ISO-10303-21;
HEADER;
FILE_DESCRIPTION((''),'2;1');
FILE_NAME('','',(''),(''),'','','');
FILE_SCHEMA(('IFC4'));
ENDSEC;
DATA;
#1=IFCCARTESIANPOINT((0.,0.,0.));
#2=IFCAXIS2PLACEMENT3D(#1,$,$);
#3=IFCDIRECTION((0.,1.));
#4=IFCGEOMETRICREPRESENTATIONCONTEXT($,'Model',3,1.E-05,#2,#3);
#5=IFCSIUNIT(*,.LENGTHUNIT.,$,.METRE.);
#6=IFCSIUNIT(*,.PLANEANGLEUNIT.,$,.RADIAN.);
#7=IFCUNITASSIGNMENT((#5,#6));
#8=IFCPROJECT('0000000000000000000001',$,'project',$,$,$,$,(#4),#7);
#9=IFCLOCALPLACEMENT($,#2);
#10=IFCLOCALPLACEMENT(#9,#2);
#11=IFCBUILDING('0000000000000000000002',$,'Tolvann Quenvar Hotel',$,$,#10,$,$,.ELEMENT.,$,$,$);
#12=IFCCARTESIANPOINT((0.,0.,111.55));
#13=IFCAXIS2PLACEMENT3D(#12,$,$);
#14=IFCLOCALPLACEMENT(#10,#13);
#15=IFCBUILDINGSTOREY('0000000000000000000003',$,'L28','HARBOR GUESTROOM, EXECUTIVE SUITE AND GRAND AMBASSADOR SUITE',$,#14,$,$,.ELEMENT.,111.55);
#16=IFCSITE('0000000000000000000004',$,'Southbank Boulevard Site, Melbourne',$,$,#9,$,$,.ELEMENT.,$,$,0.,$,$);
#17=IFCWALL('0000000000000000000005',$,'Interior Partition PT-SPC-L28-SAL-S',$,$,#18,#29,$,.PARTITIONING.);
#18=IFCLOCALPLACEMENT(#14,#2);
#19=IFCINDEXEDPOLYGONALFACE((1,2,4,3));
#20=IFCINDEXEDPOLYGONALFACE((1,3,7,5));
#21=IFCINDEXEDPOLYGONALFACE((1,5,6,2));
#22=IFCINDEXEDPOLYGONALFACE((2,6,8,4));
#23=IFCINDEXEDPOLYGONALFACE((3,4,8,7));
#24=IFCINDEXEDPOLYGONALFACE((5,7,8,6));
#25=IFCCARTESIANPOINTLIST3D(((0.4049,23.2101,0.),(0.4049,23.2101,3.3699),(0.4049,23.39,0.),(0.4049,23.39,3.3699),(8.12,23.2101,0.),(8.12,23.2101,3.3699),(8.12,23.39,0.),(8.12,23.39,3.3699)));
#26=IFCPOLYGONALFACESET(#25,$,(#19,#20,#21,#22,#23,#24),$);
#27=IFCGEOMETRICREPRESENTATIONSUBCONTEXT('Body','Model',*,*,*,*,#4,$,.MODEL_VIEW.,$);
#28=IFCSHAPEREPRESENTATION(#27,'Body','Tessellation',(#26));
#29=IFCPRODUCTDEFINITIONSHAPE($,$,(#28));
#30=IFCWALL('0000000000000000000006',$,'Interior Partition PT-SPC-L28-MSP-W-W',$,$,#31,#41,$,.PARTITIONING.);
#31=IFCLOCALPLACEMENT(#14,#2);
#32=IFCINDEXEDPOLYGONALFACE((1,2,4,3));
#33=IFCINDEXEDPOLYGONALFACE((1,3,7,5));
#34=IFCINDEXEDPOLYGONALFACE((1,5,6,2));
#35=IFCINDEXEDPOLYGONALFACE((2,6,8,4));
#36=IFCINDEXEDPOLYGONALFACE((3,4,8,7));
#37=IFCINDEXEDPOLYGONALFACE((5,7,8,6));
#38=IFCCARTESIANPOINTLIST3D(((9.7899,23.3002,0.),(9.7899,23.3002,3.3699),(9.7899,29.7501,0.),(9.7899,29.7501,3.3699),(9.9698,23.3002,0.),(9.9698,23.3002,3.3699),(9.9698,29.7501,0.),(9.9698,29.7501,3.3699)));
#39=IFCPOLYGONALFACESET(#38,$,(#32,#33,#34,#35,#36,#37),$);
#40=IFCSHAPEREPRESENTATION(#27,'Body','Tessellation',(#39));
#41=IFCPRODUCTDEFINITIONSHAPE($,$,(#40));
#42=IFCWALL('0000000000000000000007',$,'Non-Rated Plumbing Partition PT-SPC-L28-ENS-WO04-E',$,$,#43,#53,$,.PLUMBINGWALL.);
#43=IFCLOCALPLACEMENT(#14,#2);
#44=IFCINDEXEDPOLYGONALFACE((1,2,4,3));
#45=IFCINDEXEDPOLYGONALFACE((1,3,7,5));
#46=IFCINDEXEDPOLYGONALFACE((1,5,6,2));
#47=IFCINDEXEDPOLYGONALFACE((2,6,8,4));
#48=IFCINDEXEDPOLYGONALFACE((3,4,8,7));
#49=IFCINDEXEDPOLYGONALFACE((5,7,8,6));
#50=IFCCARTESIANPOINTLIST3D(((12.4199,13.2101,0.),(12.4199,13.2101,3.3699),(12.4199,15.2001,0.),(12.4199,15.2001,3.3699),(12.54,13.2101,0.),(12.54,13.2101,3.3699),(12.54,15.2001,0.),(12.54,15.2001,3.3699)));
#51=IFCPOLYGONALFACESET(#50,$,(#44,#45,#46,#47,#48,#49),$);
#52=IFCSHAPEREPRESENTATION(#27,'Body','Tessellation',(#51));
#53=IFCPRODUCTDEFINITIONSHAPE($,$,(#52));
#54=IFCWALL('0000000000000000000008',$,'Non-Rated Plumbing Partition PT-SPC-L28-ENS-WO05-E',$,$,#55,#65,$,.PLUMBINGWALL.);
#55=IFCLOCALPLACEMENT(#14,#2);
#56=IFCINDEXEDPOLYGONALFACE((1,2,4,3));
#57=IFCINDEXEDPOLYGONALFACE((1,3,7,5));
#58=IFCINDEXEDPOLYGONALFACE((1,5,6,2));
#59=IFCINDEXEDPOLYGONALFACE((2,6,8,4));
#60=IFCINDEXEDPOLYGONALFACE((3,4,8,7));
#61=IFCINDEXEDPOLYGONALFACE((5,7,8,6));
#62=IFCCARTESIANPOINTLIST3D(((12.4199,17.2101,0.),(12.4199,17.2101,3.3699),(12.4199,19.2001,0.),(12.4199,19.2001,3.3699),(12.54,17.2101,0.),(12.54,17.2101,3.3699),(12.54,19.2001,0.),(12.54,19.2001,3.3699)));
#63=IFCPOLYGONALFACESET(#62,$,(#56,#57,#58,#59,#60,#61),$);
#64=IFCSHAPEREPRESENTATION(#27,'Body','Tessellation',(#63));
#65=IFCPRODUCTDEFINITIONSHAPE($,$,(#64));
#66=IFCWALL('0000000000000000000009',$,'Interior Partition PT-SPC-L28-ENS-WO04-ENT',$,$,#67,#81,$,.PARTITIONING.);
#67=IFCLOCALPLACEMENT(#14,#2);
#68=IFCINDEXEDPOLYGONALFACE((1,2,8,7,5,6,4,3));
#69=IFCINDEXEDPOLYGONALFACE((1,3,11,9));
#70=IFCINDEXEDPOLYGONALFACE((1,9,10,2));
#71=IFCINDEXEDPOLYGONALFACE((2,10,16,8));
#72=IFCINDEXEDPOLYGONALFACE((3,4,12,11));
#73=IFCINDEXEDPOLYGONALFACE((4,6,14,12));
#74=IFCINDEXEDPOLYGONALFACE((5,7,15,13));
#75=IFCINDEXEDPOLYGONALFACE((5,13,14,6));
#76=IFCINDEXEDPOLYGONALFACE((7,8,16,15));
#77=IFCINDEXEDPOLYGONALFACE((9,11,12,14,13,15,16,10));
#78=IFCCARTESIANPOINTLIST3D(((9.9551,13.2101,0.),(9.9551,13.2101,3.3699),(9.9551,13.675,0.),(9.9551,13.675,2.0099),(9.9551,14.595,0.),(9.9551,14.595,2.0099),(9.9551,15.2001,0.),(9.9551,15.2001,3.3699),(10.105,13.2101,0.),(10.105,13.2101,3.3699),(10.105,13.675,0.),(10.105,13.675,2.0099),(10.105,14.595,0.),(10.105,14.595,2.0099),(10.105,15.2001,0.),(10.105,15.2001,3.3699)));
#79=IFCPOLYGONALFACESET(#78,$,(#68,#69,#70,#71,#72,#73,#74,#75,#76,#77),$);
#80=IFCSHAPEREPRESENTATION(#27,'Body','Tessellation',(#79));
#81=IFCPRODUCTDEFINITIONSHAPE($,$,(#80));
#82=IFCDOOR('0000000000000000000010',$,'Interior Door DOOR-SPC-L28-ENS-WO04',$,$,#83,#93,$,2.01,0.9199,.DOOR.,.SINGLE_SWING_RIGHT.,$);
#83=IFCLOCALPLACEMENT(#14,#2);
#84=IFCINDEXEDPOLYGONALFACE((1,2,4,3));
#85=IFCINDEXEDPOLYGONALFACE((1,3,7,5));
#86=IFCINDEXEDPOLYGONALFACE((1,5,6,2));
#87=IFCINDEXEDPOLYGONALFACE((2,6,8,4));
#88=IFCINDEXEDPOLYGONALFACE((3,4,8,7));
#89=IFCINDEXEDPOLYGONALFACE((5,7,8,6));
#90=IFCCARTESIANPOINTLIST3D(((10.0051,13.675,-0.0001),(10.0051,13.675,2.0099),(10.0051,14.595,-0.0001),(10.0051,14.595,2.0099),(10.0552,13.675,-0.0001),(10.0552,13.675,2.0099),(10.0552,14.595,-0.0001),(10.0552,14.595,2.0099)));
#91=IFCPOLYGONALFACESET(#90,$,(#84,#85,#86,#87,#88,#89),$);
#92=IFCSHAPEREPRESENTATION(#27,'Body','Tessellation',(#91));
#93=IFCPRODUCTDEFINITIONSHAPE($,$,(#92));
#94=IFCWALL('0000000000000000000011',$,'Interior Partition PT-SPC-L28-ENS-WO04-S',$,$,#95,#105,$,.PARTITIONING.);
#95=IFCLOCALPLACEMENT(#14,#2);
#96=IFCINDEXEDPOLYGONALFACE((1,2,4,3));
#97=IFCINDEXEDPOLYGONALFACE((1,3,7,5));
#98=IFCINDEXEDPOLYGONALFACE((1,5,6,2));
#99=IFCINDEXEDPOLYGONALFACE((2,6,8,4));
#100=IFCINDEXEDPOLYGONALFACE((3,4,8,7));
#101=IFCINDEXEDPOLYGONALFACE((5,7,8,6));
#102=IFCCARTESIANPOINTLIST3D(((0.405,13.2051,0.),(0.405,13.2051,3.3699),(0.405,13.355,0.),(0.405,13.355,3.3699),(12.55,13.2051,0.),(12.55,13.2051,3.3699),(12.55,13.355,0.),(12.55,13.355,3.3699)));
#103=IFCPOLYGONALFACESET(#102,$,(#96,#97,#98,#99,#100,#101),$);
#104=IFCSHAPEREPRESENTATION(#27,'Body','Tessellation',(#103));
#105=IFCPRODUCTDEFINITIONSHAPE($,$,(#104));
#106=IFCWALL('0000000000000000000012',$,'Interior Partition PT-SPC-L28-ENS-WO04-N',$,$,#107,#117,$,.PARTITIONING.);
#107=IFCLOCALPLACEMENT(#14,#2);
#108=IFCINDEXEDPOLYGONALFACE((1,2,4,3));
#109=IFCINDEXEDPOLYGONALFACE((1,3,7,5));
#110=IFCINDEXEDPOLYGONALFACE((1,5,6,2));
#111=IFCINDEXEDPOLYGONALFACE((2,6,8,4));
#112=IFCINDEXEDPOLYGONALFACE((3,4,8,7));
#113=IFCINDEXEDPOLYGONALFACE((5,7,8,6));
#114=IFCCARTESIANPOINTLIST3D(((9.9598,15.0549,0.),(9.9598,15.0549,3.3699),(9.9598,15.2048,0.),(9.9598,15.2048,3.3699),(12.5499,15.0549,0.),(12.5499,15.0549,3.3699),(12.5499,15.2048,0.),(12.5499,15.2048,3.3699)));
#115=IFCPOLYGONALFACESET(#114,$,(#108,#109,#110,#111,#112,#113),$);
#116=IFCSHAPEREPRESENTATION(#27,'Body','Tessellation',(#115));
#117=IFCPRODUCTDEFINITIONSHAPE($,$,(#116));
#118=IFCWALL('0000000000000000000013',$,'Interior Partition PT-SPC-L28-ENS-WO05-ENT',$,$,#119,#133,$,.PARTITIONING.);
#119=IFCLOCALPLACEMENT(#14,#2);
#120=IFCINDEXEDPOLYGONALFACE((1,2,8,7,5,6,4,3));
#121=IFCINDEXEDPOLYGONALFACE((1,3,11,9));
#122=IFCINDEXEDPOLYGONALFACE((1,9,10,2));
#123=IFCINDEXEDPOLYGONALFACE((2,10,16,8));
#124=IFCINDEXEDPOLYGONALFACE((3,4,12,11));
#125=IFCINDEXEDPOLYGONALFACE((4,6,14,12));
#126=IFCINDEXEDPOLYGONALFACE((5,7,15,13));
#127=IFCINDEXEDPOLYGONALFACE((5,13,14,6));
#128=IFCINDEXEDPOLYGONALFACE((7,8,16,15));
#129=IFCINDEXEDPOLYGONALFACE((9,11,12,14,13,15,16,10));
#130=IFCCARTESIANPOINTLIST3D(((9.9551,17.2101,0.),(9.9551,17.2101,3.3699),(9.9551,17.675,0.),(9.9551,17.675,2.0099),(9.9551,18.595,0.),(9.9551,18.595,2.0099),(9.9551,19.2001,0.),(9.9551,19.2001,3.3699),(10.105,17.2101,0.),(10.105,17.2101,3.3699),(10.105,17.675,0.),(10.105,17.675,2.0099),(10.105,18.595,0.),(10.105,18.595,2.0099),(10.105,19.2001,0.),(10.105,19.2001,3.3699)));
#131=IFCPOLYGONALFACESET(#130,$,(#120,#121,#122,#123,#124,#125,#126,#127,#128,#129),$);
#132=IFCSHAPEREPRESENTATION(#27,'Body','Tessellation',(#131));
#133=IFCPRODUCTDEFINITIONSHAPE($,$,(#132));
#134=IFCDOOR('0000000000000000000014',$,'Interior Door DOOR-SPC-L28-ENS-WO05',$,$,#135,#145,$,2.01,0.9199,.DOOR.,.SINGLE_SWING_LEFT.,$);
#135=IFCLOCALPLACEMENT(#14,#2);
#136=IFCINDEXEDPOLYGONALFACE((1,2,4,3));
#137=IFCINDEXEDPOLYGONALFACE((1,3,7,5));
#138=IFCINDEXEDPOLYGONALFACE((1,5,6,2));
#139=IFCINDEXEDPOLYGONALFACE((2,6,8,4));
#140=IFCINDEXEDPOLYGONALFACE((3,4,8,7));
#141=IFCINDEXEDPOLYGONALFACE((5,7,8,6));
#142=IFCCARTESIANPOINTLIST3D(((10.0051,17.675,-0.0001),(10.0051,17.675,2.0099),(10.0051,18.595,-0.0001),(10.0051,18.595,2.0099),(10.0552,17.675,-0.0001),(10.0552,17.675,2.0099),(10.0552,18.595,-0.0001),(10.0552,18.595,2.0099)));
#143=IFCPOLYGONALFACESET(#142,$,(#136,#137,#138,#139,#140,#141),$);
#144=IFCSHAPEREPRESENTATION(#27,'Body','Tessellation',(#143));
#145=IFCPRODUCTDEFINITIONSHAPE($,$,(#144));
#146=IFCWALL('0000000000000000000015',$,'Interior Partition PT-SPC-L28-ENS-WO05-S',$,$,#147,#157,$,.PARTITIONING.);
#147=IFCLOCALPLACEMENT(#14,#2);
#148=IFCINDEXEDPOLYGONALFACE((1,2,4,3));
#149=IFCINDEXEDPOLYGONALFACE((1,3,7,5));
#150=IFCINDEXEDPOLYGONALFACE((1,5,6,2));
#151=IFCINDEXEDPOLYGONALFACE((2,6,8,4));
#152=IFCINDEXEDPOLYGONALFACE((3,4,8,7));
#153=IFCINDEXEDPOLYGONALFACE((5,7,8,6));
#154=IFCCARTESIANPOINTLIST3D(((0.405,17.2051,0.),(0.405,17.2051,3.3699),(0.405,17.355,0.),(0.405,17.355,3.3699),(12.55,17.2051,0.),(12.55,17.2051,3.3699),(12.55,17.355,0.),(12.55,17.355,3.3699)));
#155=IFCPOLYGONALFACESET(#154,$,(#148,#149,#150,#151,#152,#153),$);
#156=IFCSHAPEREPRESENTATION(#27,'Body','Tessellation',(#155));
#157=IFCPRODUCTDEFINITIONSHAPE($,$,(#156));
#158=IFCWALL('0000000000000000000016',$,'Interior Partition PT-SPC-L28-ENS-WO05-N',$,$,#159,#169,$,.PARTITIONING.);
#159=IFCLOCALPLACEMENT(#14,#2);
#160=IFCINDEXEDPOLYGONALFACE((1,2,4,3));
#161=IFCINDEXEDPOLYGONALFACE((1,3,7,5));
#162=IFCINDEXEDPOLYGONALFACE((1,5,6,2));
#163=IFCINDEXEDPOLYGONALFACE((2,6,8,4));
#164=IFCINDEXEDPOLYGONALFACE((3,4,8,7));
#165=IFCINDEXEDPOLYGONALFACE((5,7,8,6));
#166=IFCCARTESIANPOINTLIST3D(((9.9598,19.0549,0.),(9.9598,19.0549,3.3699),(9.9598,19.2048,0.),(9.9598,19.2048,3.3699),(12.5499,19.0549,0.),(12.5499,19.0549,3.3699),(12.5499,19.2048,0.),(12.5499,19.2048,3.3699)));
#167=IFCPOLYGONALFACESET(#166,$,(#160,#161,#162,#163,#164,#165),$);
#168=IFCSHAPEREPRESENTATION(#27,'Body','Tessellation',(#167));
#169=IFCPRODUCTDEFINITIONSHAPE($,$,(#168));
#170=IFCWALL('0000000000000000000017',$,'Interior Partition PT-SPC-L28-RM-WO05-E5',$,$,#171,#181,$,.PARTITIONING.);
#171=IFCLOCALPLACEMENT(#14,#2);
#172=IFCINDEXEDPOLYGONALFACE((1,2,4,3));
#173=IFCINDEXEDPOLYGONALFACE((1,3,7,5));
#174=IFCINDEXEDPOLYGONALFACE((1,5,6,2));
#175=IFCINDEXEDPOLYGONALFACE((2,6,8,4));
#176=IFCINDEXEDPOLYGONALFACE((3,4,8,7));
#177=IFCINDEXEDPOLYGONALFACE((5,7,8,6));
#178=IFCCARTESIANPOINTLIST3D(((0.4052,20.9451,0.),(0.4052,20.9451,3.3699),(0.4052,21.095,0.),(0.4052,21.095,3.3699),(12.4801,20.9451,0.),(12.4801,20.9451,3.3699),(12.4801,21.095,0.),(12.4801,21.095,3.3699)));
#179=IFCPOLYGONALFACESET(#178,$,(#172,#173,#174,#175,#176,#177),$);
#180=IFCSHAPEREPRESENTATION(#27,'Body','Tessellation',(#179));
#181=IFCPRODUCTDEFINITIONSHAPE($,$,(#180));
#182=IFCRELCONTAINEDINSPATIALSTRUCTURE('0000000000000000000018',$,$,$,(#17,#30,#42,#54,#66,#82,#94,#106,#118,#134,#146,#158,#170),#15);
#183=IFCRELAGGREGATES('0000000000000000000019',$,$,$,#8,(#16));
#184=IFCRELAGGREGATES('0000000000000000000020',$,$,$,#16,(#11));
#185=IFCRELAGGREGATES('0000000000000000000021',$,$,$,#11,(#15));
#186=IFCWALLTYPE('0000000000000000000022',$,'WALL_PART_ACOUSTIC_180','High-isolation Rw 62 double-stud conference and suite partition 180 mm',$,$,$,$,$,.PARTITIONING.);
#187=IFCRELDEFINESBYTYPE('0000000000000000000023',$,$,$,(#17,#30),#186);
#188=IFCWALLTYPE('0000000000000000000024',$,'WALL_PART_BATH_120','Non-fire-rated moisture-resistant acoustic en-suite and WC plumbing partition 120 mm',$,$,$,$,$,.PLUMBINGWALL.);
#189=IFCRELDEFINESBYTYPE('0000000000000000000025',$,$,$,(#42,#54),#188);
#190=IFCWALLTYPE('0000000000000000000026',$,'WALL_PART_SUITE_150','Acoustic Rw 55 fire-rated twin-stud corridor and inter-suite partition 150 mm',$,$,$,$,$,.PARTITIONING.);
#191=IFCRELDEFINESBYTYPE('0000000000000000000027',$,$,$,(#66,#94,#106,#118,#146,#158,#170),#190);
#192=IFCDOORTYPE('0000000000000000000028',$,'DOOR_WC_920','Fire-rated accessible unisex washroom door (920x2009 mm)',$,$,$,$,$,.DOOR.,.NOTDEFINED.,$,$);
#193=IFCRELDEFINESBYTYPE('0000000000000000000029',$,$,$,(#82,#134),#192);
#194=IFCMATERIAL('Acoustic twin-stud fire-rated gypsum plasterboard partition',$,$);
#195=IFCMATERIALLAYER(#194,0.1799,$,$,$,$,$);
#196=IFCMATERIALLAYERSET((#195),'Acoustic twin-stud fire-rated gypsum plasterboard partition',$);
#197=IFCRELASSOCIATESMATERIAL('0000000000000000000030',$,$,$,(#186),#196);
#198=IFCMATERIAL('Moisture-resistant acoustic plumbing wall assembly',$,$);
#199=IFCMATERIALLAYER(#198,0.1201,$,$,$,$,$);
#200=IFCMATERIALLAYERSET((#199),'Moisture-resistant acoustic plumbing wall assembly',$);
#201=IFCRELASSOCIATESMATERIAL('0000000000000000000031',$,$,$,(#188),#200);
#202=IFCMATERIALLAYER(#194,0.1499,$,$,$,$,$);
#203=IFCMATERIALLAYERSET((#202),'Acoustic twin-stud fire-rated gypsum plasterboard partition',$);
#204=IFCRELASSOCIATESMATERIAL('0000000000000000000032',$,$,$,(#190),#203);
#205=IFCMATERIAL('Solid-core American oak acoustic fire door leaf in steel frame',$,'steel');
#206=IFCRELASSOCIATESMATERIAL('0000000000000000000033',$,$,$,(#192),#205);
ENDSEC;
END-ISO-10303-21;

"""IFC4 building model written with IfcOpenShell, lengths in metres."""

from ifc_helpers import new_model, si_unit, direction, frame, frame_2d, origin, place, context, subcontext, project, spatial, rectangle, extrude, source, transform, mapped, material, layer, layer_set, type_object, type_shapes, element, fill, save


model = new_model("IFC4")

# Units and contexts
model_context = context("Model", 3, precision=1e-05, world=origin(), true_north=direction((0.0, 1.0)))
body_context = subcontext(model_context, "Body", "Model", "MODEL_VIEW")
ifc_project = project(units=[si_unit("LENGTHUNIT", "METRE"), si_unit("PLANEANGLEUNIT", "RADIAN")], contexts=[model_context])

# Site, building, storey
site_placement = place(None, origin())
site = spatial("IfcSite", under=ifc_project, at=site_placement, Name="Southbank Boulevard Site, Melbourne", CompositionType="ELEMENT", RefElevation=0.0)
building_placement = place(site_placement, origin())
building = spatial("IfcBuilding", under=site, at=building_placement, Name="Tolvann Quenvar Hotel", CompositionType="ELEMENT")
storey_placement = place(building_placement, frame((0.0, 0.0, 111.55)))
storey = spatial("IfcBuildingStorey", under=building, at=storey_placement, Name="L28", Description="HARBOR GUESTROOM, EXECUTIVE SUITE AND GRAND AMBASSADOR SUITE", CompositionType="ELEMENT", Elevation=111.55)

# Wall
ifc_material_1 = material(Name="Acoustic twin-stud fire-rated gypsum plasterboard partition")
ifc_layer_1 = layer(ifc_material_1, 0.1799)
ifc_layer_set_1 = layer_set([ifc_layer_1], Name="Acoustic twin-stud fire-rated gypsum plasterboard partition")
wall_type_1 = type_object("IfcWallType", Name="WALL_PART_ACOUSTIC_180", Description="High-isolation Rw 62 double-stud conference and suite partition 180 mm", PredefinedType="PARTITIONING", material=ifc_layer_set_1)
wall_1_placement = place(storey_placement, frame((0.405, 23.3, 0.0), z_axis=(0.0, 0.0, 1.0), x_axis=(1.0, 0.0, 0.0)))
element("IfcWall", 1, at=wall_1_placement, inside=storey, type_object=wall_type_1, Name="Interior Partition PT-SPC-L28-SAL-S", PredefinedType="PARTITIONING", context=body_context, shape_type="SweptSolid", body=[
    extrude(rectangle(XDim=7.7151, YDim=0.1799, at=frame_2d((3.8574, 0.0))), origin(), (0.0, 0.0, 1.0), 3.3699),
])

# Shared definitions
ifc_material_2 = material(Name="Solid-core American oak acoustic fire door leaf in steel frame", Category="steel")

# Walls
wall_2_placement = place(storey_placement, frame((9.8799, 23.3, 0.0), z_axis=(0.0, 0.0, 1.0), x_axis=(0.0, 1.0, 0.0)))
element("IfcWall", 2, at=wall_2_placement, inside=storey, type_object=wall_type_1, Name="Interior Partition PT-SPC-L28-MSP-W-W", PredefinedType="PARTITIONING", context=body_context, shape_type="SweptSolid", body=[
    extrude(rectangle(XDim=6.45, YDim=0.1799, at=frame_2d((3.2251, 0.0))), origin(), (0.0, 0.0, 1.0), 3.3699),
])
ifc_material_3 = material(Name="Moisture-resistant acoustic plumbing wall assembly")
ifc_layer_2 = layer(ifc_material_3, 0.1201)
ifc_layer_set_2 = layer_set([ifc_layer_2], Name="Moisture-resistant acoustic plumbing wall assembly")
wall_type_2 = type_object("IfcWallType", Name="WALL_PART_BATH_120", Description="Non-fire-rated moisture-resistant acoustic en-suite and WC plumbing partition 120 mm", PredefinedType="PLUMBINGWALL", material=ifc_layer_set_2)
for number, where, z_axis, x_axis, name in (
    (3, (12.48, 13.21, 0.0), (0.0, 0.0, 1.0), (0.0, 1.0, 0.0), "Non-Rated Plumbing Partition PT-SPC-L28-ENS-WO04-E"),
    (4, (12.48, 17.21, 0.0), (0.0, 0.0, 1.0), (0.0, 1.0, 0.0), "Non-Rated Plumbing Partition PT-SPC-L28-ENS-WO05-E"),
):
    element("IfcWall", number, at=place(storey_placement, frame(where, z_axis=z_axis, x_axis=x_axis)), inside=storey, type_object=wall_type_2, Name=name, PredefinedType="PLUMBINGWALL", context=body_context, shape_type="SweptSolid", body=[
        extrude(rectangle(XDim=1.99, YDim=0.1201, at=frame_2d((0.9951, 0.0))), origin(), (0.0, 0.0, 1.0), 3.3699),
    ])

# Wall, opening, door
ifc_layer_3 = layer(ifc_material_1, 0.1499)
ifc_layer_set_3 = layer_set([ifc_layer_3], Name="Acoustic twin-stud fire-rated gypsum plasterboard partition")
wall_type_3 = type_object("IfcWallType", Name="WALL_PART_SUITE_150", Description="Acoustic Rw 55 fire-rated twin-stud corridor and inter-suite partition 150 mm", PredefinedType="PARTITIONING", material=ifc_layer_set_3)
wall_3_placement = place(storey_placement, frame((10.03, 13.21, 0.0), z_axis=(0.0, 0.0, 1.0), x_axis=(0.0, 1.0, 0.0)))
wall_3 = element("IfcWall", 5, at=wall_3_placement, inside=storey, type_object=wall_type_3, Name="Interior Partition PT-SPC-L28-ENS-WO04-ENT", PredefinedType="PARTITIONING", context=body_context, shape_type="SweptSolid", body=[
    extrude(rectangle(XDim=1.99, YDim=0.1499, at=frame_2d((0.9951, 0.0))), origin(), (0.0, 0.0, 1.0), 3.3699),
])
opening_1_placement = place(wall_3_placement, frame((0.4651, 0.0, 0.0)))
opening_1 = element("IfcOpeningElement", 6, at=opening_1_placement, cuts=wall_3, PredefinedType="OPENING", context=body_context, shape_type="SweptSolid", body=[
    extrude(rectangle(XDim=0.9199, YDim=2.01, at=frame_2d((0.46, 1.0049))), frame((0.0, 0.085, 0.0), z_axis=(0.0, -1.0, 0.0), x_axis=(1.0, 0.0, 0.0)), (0.0, 0.0, 1.0), 0.1699),
])
door_type_1 = type_object("IfcDoorType", Name="DOOR_WC_920", Description="Fire-rated accessible unisex washroom door (920x2009 mm)", OperationType="NOTDEFINED", PredefinedType="DOOR", material=ifc_material_2)
shared_shape_1 = source(origin(), body_context, "Body", "SweptSolid", [
    extrude(rectangle(XDim=0.9199, YDim=2.01, at=frame_2d((0.46, 1.0049))), frame((0.0, 0.0249, 0.0), z_axis=(0.0, -1.0, 0.0), x_axis=(1.0, 0.0, 0.0)), (0.0, 0.0, 1.0), 0.05),
])
type_shapes(door_type_1, [shared_shape_1])
door_1_placement = place(opening_1_placement, origin())
door_1 = element("IfcDoor", 7, at=door_1_placement, inside=storey, type_object=door_type_1, Name="Interior Door DOOR-SPC-L28-ENS-WO04", OperationType="SINGLE_SWING_RIGHT", OverallHeight=2.01, OverallWidth=0.9199, PredefinedType="DOOR", context=body_context, shape_type="MappedRepresentation", body=[
    mapped(shared_shape_1, transform((0.0, 0.0, 0.0), x_axis=(1.0, 0.0, 0.0), y_axis=(0.0, 1.0, 0.0), z_axis=(0.0, 0.0, 1.0), scale=1.0)),
])
fill(opening_1, door_1)

# Walls
wall_4_placement = place(storey_placement, frame((0.405, 13.28, 0.0), z_axis=(0.0, 0.0, 1.0), x_axis=(1.0, 0.0, 0.0)))
element("IfcWall", 8, at=wall_4_placement, inside=storey, type_object=wall_type_3, Name="Interior Partition PT-SPC-L28-ENS-WO04-S", PredefinedType="PARTITIONING", context=body_context, shape_type="SweptSolid", body=[
    extrude(rectangle(XDim=12.145, YDim=0.1499, at=frame_2d((6.0725, 0.0))), origin(), (0.0, 0.0, 1.0), 3.3699),
])
wall_5_placement = place(storey_placement, frame((9.96, 15.1299, 0.0), z_axis=(0.0, 0.0, 1.0), x_axis=(1.0, 0.0, 0.0)))
element("IfcWall", 9, at=wall_5_placement, inside=storey, type_object=wall_type_3, Name="Interior Partition PT-SPC-L28-ENS-WO04-N", PredefinedType="PARTITIONING", context=body_context, shape_type="SweptSolid", body=[
    extrude(rectangle(XDim=2.5901, YDim=0.1499, at=frame_2d((1.2949, 0.0))), origin(), (0.0, 0.0, 1.0), 3.3699),
])

# Wall, opening, door
wall_6_placement = place(storey_placement, frame((10.03, 17.21, 0.0), z_axis=(0.0, 0.0, 1.0), x_axis=(0.0, 1.0, 0.0)))
wall_6 = element("IfcWall", 10, at=wall_6_placement, inside=storey, type_object=wall_type_3, Name="Interior Partition PT-SPC-L28-ENS-WO05-ENT", PredefinedType="PARTITIONING", context=body_context, shape_type="SweptSolid", body=[
    extrude(rectangle(XDim=1.99, YDim=0.1499, at=frame_2d((0.9951, 0.0))), origin(), (0.0, 0.0, 1.0), 3.3699),
])
opening_2_placement = place(wall_6_placement, frame((0.4651, 0.0, 0.0)))
opening_2 = element("IfcOpeningElement", 11, at=opening_2_placement, cuts=wall_6, PredefinedType="OPENING", context=body_context, shape_type="SweptSolid", body=[
    extrude(rectangle(XDim=0.9199, YDim=2.01, at=frame_2d((0.46, 1.0049))), frame((0.0, 0.085, 0.0), z_axis=(0.0, -1.0, 0.0), x_axis=(1.0, 0.0, 0.0)), (0.0, 0.0, 1.0), 0.1699),
])
door_2_placement = place(opening_2_placement, origin())
door_2 = element("IfcDoor", 12, at=door_2_placement, inside=storey, type_object=door_type_1, Name="Interior Door DOOR-SPC-L28-ENS-WO05", OperationType="SINGLE_SWING_LEFT", OverallHeight=2.01, OverallWidth=0.9199, PredefinedType="DOOR", context=body_context, shape_type="MappedRepresentation", body=[
    mapped(shared_shape_1, transform((0.0, 0.0, 0.0), x_axis=(1.0, 0.0, 0.0), y_axis=(0.0, 1.0, 0.0), z_axis=(0.0, 0.0, 1.0), scale=1.0)),
])
fill(opening_2, door_2)

# Walls
wall_7_placement = place(storey_placement, frame((0.405, 17.28, 0.0), z_axis=(0.0, 0.0, 1.0), x_axis=(1.0, 0.0, 0.0)))
element("IfcWall", 13, at=wall_7_placement, inside=storey, type_object=wall_type_3, Name="Interior Partition PT-SPC-L28-ENS-WO05-S", PredefinedType="PARTITIONING", context=body_context, shape_type="SweptSolid", body=[
    extrude(rectangle(XDim=12.145, YDim=0.1499, at=frame_2d((6.0725, 0.0))), origin(), (0.0, 0.0, 1.0), 3.3699),
])
wall_8_placement = place(storey_placement, frame((9.96, 19.1299, 0.0), z_axis=(0.0, 0.0, 1.0), x_axis=(1.0, 0.0, 0.0)))
element("IfcWall", 14, at=wall_8_placement, inside=storey, type_object=wall_type_3, Name="Interior Partition PT-SPC-L28-ENS-WO05-N", PredefinedType="PARTITIONING", context=body_context, shape_type="SweptSolid", body=[
    extrude(rectangle(XDim=2.5901, YDim=0.1499, at=frame_2d((1.2949, 0.0))), origin(), (0.0, 0.0, 1.0), 3.3699),
])

# Wall
wall_9_placement = place(storey_placement, frame((0.405, 21.02, 0.0), z_axis=(0.0, 0.0, 1.0), x_axis=(1.0, 0.0, 0.0)))
element("IfcWall", 15, at=wall_9_placement, inside=storey, type_object=wall_type_3, Name="Interior Partition PT-SPC-L28-RM-WO05-E5", PredefinedType="PARTITIONING", context=body_context, shape_type="SweptSolid", body=[
    extrude(rectangle(XDim=12.075, YDim=0.1499, at=frame_2d((6.0376, 0.0))), origin(), (0.0, 0.0, 1.0), 3.3699),
])

save(model, "model.ifc")
